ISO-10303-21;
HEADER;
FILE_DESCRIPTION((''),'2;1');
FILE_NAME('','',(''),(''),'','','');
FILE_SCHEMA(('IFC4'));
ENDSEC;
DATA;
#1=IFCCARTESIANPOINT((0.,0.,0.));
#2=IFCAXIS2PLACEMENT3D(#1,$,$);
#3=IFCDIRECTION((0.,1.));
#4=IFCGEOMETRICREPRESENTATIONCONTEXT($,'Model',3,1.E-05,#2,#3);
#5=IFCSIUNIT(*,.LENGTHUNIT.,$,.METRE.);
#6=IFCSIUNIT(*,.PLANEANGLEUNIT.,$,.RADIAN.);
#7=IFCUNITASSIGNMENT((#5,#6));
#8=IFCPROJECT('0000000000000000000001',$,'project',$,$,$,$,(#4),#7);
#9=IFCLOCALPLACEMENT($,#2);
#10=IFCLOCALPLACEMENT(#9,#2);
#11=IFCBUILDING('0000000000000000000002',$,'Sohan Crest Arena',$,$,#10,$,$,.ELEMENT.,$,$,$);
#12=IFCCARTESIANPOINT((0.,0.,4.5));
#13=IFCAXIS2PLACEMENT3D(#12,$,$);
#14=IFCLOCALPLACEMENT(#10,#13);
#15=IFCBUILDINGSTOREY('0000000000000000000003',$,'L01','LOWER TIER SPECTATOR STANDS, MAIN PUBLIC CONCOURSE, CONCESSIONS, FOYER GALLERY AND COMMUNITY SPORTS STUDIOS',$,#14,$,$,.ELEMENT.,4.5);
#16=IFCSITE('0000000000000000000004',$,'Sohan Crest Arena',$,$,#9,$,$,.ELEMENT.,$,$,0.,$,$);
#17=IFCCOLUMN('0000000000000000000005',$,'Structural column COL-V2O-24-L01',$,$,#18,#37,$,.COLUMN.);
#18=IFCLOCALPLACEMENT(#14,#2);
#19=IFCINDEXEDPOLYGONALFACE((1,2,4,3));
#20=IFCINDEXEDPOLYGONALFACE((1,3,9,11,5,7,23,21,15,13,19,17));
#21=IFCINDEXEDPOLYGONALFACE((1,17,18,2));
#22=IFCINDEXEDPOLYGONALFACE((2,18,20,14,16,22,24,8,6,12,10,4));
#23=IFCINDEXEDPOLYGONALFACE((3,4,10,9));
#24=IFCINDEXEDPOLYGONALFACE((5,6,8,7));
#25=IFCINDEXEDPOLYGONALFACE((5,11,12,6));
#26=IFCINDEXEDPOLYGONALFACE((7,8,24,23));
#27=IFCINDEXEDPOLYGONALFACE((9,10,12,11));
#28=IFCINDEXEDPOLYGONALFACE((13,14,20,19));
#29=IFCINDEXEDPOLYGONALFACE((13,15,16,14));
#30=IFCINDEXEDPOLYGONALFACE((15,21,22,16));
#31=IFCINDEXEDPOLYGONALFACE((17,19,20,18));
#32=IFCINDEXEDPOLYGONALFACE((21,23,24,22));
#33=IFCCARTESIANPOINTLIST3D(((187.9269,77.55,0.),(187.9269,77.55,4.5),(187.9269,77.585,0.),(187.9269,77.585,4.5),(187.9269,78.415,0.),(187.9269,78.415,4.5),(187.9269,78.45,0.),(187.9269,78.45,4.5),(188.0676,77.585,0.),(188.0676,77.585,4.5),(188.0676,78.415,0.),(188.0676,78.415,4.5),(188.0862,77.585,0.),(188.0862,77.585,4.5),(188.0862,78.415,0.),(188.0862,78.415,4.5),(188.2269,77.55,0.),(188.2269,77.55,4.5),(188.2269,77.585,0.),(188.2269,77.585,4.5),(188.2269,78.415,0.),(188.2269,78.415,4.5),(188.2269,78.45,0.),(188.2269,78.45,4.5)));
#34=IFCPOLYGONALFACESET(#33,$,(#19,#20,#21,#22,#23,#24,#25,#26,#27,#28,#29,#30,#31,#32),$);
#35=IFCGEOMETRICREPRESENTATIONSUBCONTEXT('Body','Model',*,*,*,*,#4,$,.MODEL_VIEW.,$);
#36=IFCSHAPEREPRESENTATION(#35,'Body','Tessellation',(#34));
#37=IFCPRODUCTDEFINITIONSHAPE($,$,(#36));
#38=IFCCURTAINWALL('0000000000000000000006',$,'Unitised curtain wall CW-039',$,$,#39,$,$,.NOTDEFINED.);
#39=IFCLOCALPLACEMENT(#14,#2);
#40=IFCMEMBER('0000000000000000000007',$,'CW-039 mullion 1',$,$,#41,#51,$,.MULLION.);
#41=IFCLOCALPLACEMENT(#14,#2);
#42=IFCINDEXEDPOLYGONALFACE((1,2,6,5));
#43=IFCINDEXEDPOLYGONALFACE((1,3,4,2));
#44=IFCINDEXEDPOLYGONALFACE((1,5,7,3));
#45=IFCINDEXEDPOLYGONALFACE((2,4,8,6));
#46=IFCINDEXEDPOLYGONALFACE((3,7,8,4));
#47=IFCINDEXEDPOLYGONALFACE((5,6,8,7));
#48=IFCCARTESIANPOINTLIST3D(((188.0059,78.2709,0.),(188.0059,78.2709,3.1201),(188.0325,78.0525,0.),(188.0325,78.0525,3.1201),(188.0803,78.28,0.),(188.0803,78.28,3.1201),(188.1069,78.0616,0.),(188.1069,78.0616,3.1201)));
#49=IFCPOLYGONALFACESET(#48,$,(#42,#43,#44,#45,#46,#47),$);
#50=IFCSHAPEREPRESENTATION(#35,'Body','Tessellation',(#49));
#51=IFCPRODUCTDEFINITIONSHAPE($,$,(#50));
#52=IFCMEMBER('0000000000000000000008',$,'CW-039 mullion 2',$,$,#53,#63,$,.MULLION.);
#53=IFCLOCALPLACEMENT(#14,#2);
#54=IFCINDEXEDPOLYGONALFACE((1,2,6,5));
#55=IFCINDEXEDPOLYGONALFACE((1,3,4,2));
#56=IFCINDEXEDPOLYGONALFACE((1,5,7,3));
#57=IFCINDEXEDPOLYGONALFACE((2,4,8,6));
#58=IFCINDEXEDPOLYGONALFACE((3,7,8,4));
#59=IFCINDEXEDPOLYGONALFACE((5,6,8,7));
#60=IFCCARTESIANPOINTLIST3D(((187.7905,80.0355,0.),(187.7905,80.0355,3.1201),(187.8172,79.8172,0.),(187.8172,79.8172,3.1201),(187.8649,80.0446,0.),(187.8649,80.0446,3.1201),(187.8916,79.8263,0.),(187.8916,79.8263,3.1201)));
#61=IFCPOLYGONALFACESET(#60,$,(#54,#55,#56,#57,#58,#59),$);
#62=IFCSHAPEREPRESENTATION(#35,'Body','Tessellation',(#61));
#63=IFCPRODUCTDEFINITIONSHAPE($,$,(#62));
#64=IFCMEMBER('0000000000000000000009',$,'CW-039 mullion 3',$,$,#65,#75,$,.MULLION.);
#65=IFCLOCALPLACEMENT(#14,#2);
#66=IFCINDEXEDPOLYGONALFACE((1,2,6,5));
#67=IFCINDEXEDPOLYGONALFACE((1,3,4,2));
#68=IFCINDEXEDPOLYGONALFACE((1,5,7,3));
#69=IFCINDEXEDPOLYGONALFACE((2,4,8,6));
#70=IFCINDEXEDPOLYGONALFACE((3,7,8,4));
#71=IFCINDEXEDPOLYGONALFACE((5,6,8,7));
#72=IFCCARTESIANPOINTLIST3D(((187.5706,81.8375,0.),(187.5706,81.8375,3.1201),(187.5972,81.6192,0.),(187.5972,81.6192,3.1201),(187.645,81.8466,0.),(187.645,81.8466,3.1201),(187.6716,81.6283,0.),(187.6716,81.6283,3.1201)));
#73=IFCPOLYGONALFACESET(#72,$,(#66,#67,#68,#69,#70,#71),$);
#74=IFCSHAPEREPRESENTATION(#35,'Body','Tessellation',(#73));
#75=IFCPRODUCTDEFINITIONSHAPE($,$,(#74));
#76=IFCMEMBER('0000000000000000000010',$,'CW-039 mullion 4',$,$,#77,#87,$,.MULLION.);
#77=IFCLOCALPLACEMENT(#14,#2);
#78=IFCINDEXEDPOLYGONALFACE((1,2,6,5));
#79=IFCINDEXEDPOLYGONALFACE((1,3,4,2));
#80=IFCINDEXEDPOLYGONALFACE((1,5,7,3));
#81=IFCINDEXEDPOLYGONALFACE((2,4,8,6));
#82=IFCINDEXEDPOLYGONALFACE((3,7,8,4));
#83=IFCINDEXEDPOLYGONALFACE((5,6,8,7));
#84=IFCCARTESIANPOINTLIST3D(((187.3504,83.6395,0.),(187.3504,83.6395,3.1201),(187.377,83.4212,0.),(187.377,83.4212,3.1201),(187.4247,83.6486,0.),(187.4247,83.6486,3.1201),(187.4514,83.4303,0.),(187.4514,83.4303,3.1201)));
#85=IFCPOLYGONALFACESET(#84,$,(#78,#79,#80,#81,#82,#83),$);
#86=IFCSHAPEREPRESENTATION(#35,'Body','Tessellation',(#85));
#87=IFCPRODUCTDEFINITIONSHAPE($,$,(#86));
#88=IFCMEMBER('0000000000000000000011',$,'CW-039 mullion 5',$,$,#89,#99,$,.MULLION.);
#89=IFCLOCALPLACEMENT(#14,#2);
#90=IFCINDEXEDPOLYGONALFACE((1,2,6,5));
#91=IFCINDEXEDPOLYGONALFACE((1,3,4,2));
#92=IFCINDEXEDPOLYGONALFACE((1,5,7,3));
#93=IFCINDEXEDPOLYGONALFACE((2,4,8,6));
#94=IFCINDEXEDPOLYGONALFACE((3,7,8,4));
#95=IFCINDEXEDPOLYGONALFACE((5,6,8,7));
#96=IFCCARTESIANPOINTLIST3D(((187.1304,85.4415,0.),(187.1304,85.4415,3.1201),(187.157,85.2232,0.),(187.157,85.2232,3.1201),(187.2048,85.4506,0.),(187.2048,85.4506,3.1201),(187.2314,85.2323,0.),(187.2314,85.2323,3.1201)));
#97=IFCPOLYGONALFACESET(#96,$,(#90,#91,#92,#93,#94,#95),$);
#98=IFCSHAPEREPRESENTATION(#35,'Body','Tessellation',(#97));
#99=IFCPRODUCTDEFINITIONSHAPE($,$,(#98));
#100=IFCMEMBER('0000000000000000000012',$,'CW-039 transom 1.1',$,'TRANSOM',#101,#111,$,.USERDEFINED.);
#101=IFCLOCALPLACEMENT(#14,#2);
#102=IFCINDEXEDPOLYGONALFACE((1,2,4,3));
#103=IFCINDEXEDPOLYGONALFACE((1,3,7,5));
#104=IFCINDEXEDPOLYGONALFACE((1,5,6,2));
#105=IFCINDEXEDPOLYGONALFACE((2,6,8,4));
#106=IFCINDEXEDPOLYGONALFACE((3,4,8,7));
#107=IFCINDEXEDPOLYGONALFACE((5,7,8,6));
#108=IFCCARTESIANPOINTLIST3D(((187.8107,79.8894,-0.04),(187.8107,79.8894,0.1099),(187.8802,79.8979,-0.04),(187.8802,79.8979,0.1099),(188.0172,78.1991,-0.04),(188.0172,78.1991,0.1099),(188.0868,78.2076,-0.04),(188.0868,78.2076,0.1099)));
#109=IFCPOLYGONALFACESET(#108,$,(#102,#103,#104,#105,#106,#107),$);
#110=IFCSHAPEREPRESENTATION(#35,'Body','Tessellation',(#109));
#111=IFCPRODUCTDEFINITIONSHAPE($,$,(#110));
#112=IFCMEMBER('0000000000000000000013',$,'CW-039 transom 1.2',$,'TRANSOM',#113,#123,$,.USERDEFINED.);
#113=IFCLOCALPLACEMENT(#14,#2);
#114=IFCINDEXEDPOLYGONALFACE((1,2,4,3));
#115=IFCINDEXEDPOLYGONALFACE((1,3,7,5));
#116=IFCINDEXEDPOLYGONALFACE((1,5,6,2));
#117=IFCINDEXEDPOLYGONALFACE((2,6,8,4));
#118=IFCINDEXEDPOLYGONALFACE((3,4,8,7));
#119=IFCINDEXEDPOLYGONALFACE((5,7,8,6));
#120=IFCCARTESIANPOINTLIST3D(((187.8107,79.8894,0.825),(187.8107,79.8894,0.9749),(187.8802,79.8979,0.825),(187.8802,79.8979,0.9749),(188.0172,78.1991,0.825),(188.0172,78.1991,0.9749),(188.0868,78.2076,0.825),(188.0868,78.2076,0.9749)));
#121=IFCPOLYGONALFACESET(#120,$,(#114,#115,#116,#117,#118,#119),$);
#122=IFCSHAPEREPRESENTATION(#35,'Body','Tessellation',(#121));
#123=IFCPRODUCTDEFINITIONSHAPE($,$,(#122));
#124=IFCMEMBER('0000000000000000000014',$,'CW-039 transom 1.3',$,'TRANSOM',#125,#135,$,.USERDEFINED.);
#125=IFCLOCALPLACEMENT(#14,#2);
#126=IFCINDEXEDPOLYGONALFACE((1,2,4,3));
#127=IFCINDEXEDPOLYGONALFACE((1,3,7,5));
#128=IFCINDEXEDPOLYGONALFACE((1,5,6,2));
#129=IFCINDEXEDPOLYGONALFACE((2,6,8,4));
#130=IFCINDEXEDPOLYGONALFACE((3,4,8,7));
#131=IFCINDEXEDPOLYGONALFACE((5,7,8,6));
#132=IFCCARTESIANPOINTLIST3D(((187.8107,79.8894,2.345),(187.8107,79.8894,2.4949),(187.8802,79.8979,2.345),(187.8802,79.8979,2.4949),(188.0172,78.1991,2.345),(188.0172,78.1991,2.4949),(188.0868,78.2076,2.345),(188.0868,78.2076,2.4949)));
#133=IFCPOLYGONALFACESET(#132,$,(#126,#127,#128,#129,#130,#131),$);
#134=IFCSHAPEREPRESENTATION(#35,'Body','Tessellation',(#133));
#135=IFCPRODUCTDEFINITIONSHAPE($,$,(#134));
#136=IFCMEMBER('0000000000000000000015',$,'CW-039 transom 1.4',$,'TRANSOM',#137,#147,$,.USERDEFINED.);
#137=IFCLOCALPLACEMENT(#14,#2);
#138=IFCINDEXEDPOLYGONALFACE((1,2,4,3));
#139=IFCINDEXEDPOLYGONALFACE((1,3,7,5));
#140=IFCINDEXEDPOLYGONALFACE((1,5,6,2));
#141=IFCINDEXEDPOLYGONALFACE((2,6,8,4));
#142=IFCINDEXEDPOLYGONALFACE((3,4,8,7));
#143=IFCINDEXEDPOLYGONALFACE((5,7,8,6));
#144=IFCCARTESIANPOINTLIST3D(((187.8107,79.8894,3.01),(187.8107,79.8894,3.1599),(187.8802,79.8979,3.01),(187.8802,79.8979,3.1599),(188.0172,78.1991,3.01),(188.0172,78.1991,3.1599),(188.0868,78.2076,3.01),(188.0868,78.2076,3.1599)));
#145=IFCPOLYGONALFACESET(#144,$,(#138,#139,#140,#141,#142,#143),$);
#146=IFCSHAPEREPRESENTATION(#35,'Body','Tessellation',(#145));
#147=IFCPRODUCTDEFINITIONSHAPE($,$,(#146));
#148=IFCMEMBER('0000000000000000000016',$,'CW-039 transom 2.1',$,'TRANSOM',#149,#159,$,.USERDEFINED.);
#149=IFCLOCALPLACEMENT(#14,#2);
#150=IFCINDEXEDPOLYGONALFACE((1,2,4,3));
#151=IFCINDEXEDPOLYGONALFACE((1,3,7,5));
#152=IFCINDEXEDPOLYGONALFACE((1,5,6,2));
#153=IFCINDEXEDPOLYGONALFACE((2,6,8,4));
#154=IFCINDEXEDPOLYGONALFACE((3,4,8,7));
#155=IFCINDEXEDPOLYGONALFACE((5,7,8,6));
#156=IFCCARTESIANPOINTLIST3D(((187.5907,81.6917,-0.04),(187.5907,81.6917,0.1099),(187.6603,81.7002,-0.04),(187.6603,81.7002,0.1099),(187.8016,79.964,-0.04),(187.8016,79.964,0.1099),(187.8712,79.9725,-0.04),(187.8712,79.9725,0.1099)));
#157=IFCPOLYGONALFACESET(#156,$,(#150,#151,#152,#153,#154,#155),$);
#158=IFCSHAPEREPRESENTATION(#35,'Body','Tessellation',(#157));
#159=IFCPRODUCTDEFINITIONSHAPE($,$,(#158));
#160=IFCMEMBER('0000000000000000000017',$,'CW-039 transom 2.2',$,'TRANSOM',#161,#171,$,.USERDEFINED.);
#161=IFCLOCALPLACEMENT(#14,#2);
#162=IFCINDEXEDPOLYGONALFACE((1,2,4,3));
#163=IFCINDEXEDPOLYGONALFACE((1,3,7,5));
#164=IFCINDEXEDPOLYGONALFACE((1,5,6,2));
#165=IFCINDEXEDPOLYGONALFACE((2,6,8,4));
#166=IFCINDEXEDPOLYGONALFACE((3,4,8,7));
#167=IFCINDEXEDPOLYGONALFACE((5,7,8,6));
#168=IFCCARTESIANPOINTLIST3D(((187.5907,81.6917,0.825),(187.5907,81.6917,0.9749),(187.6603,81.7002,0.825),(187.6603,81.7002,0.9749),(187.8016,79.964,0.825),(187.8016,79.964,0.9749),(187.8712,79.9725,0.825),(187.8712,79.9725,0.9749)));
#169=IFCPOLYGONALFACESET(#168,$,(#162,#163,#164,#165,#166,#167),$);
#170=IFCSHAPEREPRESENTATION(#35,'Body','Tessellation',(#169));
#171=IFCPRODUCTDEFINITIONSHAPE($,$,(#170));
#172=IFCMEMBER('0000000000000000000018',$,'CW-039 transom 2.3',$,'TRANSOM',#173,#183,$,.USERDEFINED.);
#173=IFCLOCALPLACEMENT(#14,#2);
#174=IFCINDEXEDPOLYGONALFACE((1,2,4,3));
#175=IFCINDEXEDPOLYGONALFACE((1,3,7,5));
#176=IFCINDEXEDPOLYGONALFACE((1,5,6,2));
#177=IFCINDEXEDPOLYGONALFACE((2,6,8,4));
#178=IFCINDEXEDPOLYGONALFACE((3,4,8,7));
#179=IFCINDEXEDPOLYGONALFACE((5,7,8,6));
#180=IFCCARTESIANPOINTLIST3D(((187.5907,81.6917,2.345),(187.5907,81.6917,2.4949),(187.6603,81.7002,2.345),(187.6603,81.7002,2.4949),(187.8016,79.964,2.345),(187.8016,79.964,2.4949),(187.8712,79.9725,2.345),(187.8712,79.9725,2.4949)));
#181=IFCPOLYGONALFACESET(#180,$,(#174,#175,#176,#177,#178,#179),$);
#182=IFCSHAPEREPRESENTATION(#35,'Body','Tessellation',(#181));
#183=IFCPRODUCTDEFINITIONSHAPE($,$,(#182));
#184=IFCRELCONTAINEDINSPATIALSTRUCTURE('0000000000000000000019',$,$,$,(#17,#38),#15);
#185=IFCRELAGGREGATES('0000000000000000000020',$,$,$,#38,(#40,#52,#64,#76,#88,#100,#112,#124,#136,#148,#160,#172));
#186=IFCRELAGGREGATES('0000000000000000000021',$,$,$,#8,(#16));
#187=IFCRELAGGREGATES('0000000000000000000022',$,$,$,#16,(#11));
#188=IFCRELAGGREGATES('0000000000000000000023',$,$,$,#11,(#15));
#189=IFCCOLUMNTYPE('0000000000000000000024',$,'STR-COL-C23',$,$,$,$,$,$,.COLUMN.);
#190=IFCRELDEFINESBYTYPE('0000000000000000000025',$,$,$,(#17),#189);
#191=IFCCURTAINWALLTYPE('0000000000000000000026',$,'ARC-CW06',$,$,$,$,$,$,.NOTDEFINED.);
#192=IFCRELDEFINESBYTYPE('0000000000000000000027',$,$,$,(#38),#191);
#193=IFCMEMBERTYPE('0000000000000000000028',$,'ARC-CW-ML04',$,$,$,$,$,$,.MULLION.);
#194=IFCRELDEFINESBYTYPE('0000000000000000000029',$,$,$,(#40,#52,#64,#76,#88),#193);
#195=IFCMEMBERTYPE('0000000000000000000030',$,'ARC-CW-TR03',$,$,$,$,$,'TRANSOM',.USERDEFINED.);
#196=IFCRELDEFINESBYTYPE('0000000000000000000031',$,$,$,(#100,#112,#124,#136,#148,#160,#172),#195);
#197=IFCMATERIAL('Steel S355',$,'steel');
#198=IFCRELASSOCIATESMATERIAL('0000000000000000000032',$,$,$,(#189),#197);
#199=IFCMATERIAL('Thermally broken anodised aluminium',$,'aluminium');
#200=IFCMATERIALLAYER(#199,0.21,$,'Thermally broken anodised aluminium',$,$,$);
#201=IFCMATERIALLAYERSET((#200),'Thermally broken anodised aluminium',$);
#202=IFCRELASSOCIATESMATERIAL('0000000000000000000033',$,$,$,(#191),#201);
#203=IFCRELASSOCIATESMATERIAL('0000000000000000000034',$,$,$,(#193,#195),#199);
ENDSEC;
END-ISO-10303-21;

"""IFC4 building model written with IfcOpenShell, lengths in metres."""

from ifc_helpers import new_model, si_unit, direction, frame, origin, origin_2d, place, context, subcontext, project, spatial, rectangle, i_section, extrude, material, layer, layer_set, material_profile, profile_set, type_object, element, aggregate, save


model = new_model("IFC4")

# Units and contexts
model_context = context("Model", 3, precision=1e-05, world=origin(), true_north=direction((0.0, 1.0)))
body_context = subcontext(model_context, "Body", "Model", "MODEL_VIEW")
ifc_project = project(units=[si_unit("LENGTHUNIT", "METRE"), si_unit("PLANEANGLEUNIT", "RADIAN")], contexts=[model_context])

# Site, building, storey
site_placement = place(None, origin())
site = spatial("IfcSite", under=ifc_project, at=site_placement, Name="Sohan Crest Arena", CompositionType="ELEMENT", RefElevation=0.0)
building_placement = place(site_placement, origin())
building = spatial("IfcBuilding", under=site, at=building_placement, Name="Sohan Crest Arena", CompositionType="ELEMENT")
storey_placement = place(building_placement, frame((0.0, 0.0, 4.5)))
storey = spatial("IfcBuildingStorey", under=building, at=storey_placement, Name="L01", Description="LOWER TIER SPECTATOR STANDS, MAIN PUBLIC CONCOURSE, CONCESSIONS, FOYER GALLERY AND COMMUNITY SPORTS STUDIOS", CompositionType="ELEMENT", Elevation=4.5)

# Column
ifc_material_1 = material(Name="Steel S355", Category="steel")
ifc_material_profile_1 = material_profile(ifc_material_1, i_section(OverallWidth=0.3, OverallDepth=0.8999, WebThickness=0.0186, FlangeThickness=0.0349, at=origin_2d()), Name="HEB 900")
ifc_profile_set_1 = profile_set([ifc_material_profile_1], Name="Steel S355")
column_type = type_object("IfcColumnType", Name="STR-COL-C23", PredefinedType="COLUMN", material=ifc_profile_set_1)
column_placement = place(storey_placement, frame((188.0769, 78.0, 0.0), z_axis=(0.0, 0.0, 1.0), x_axis=(1.0, 0.0, 0.0)))
element("IfcColumn", 1, at=column_placement, inside=storey, type_object=column_type, Name="Structural column COL-V2O-24-L01", PredefinedType="COLUMN", context=body_context, shape_type="SweptSolid", body=[
    extrude(i_section(OverallWidth=0.3, OverallDepth=0.8999, WebThickness=0.0186, FlangeThickness=0.0349, at=origin_2d()), origin(), (0.0, 0.0, 1.0), 4.5),
])

# Curtain wall, members
ifc_material_2 = material(Name="Thermally broken anodised aluminium", Category="aluminium")
ifc_layer_1 = layer(ifc_material_2, 0.21, Name="Thermally broken anodised aluminium")
ifc_layer_set_1 = layer_set([ifc_layer_1], Name="Thermally broken anodised aluminium")
curtain_wall_type = type_object("IfcCurtainWallType", Name="ARC-CW06", PredefinedType="NOTDEFINED", material=ifc_layer_set_1)
curtain_wall_placement = place(storey_placement, origin())
curtain_wall = element("IfcCurtainWall", 2, at=curtain_wall_placement, inside=storey, type_object=curtain_wall_type, Name="Unitised curtain wall CW-039", PredefinedType="NOTDEFINED")
ifc_material_profile_2 = material_profile(ifc_material_2, rectangle(XDim=0.075, YDim=0.22, at=origin_2d()), Name="ALU-MULL 75x220")
ifc_profile_set_2 = profile_set([ifc_material_profile_2], Name="Thermally broken anodised aluminium")
member_type_1 = type_object("IfcMemberType", Name="ARC-CW-ML04", PredefinedType="MULLION", material=ifc_profile_set_2)
member_1_placement = place(storey_placement, frame((188.0564, 78.1663, 0.0), z_axis=(0.0, 0.0, 1.0), x_axis=(-0.99263, -0.121187, 0.0)))
member_1 = element("IfcMember", 3, at=member_1_placement, type_object=member_type_1, Name="CW-039 mullion 1", PredefinedType="MULLION", context=body_context, shape_type="SweptSolid", body=[
    extrude(rectangle(XDim=0.075, YDim=0.22, at=origin_2d()), origin(), (0.0, 0.0, 1.0), 3.1201),
])
member_2_placement = place(storey_placement, frame((187.8411, 79.9309, 0.0), z_axis=(0.0, 0.0, 1.0), x_axis=(-0.99263, -0.121187, 0.0)))
member_2 = element("IfcMember", 4, at=member_2_placement, type_object=member_type_1, Name="CW-039 mullion 2", PredefinedType="MULLION", context=body_context, shape_type="SweptSolid", body=[
    extrude(rectangle(XDim=0.075, YDim=0.22, at=origin_2d()), origin(), (0.0, 0.0, 1.0), 3.1201),
])
member_3_placement = place(storey_placement, frame((187.6211, 81.7329, 0.0), z_axis=(0.0, 0.0, 1.0), x_axis=(-0.99263, -0.121187, 0.0)))
member_3 = element("IfcMember", 5, at=member_3_placement, type_object=member_type_1, Name="CW-039 mullion 3", PredefinedType="MULLION", context=body_context, shape_type="SweptSolid", body=[
    extrude(rectangle(XDim=0.075, YDim=0.22, at=origin_2d()), origin(), (0.0, 0.0, 1.0), 3.1201),
])
member_4_placement = place(storey_placement, frame((187.4009, 83.5349, 0.0), z_axis=(0.0, 0.0, 1.0), x_axis=(-0.99263, -0.121187, 0.0)))
member_4 = element("IfcMember", 6, at=member_4_placement, type_object=member_type_1, Name="CW-039 mullion 4", PredefinedType="MULLION", context=body_context, shape_type="SweptSolid", body=[
    extrude(rectangle(XDim=0.075, YDim=0.22, at=origin_2d()), origin(), (0.0, 0.0, 1.0), 3.1201),
])
member_5_placement = place(storey_placement, frame((187.1809, 85.3369, 0.0), z_axis=(0.0, 0.0, 1.0), x_axis=(-0.99263, -0.121187, 0.0)))
member_5 = element("IfcMember", 7, at=member_5_placement, type_object=member_type_1, Name="CW-039 mullion 5", PredefinedType="MULLION", context=body_context, shape_type="SweptSolid", body=[
    extrude(rectangle(XDim=0.075, YDim=0.22, at=origin_2d()), origin(), (0.0, 0.0, 1.0), 3.1201),
])
ifc_material_profile_3 = material_profile(ifc_material_2, rectangle(XDim=0.0701, YDim=0.1499, at=origin_2d()), Name="ALU-TRAN 70x150")
ifc_profile_set_3 = profile_set([ifc_material_profile_3], Name="Thermally broken anodised aluminium")
member_type_2 = type_object("IfcMemberType", Name="ARC-CW-TR03", ElementType="TRANSOM", PredefinedType="USERDEFINED", material=ifc_profile_set_3)
member_6_placement = place(storey_placement, frame((188.052, 78.2034, 0.0349), z_axis=(-0.121282, 0.992618, 0.0), x_axis=(-0.992618, -0.121282, 0.0)))
member_6 = element("IfcMember", 8, at=member_6_placement, type_object=member_type_2, Name="CW-039 transom 1.1", ObjectType="TRANSOM", PredefinedType="USERDEFINED", context=body_context, shape_type="SweptSolid", body=[
    extrude(rectangle(XDim=0.0701, YDim=0.1499, at=origin_2d()), origin(), (0.0, 0.0, 1.0), 1.7029),
])
member_7_placement = place(storey_placement, frame((188.052, 78.2034, 0.8999), z_axis=(-0.121282, 0.992618, 0.0), x_axis=(-0.992618, -0.121282, 0.0)))
member_7 = element("IfcMember", 9, at=member_7_placement, type_object=member_type_2, Name="CW-039 transom 1.2", ObjectType="TRANSOM", PredefinedType="USERDEFINED", context=body_context, shape_type="SweptSolid", body=[
    extrude(rectangle(XDim=0.0701, YDim=0.1499, at=origin_2d()), origin(), (0.0, 0.0, 1.0), 1.7029),
])
member_8_placement = place(storey_placement, frame((188.052, 78.2034, 2.4199), z_axis=(-0.121282, 0.992618, 0.0), x_axis=(-0.992618, -0.121282, 0.0)))
member_8 = element("IfcMember", 10, at=member_8_placement, type_object=member_type_2, Name="CW-039 transom 1.3", ObjectType="TRANSOM", PredefinedType="USERDEFINED", context=body_context, shape_type="SweptSolid", body=[
    extrude(rectangle(XDim=0.0701, YDim=0.1499, at=origin_2d()), origin(), (0.0, 0.0, 1.0), 1.7029),
])
member_9_placement = place(storey_placement, frame((188.052, 78.2034, 3.085), z_axis=(-0.121282, 0.992618, 0.0), x_axis=(-0.992618, -0.121282, 0.0)))
member_9 = element("IfcMember", 11, at=member_9_placement, type_object=member_type_2, Name="CW-039 transom 1.4", ObjectType="TRANSOM", PredefinedType="USERDEFINED", context=body_context, shape_type="SweptSolid", body=[
    extrude(rectangle(XDim=0.0701, YDim=0.1499, at=origin_2d()), origin(), (0.0, 0.0, 1.0), 1.7029),
])
member_10_placement = place(storey_placement, frame((187.8364, 79.9683, 0.0349), z_axis=(-0.121203, 0.992628, 0.0), x_axis=(-0.992628, -0.121203, 0.0)))
member_10 = element("IfcMember", 12, at=member_10_placement, type_object=member_type_2, Name="CW-039 transom 2.1", ObjectType="TRANSOM", PredefinedType="USERDEFINED", context=body_context, shape_type="SweptSolid", body=[
    extrude(rectangle(XDim=0.0701, YDim=0.1499, at=origin_2d()), origin(), (0.0, 0.0, 1.0), 1.7405),
])
member_11_placement = place(storey_placement, frame((187.8364, 79.9683, 0.8999), z_axis=(-0.121203, 0.992628, 0.0), x_axis=(-0.992628, -0.121203, 0.0)))
member_11 = element("IfcMember", 13, at=member_11_placement, type_object=member_type_2, Name="CW-039 transom 2.2", ObjectType="TRANSOM", PredefinedType="USERDEFINED", context=body_context, shape_type="SweptSolid", body=[
    extrude(rectangle(XDim=0.0701, YDim=0.1499, at=origin_2d()), origin(), (0.0, 0.0, 1.0), 1.7405),
])
member_12_placement = place(storey_placement, frame((187.8364, 79.9683, 2.4199), z_axis=(-0.121203, 0.992628, 0.0), x_axis=(-0.992628, -0.121203, 0.0)))
member_12 = element("IfcMember", 14, at=member_12_placement, type_object=member_type_2, Name="CW-039 transom 2.3", ObjectType="TRANSOM", PredefinedType="USERDEFINED", context=body_context, shape_type="SweptSolid", body=[
    extrude(rectangle(XDim=0.0701, YDim=0.1499, at=origin_2d()), origin(), (0.0, 0.0, 1.0), 1.7405),
])

aggregate(curtain_wall, [member_1, member_2, member_3, member_4, member_5, member_6, member_7, member_8, member_9, member_10, member_11, member_12])

save(model, "model.ifc")
